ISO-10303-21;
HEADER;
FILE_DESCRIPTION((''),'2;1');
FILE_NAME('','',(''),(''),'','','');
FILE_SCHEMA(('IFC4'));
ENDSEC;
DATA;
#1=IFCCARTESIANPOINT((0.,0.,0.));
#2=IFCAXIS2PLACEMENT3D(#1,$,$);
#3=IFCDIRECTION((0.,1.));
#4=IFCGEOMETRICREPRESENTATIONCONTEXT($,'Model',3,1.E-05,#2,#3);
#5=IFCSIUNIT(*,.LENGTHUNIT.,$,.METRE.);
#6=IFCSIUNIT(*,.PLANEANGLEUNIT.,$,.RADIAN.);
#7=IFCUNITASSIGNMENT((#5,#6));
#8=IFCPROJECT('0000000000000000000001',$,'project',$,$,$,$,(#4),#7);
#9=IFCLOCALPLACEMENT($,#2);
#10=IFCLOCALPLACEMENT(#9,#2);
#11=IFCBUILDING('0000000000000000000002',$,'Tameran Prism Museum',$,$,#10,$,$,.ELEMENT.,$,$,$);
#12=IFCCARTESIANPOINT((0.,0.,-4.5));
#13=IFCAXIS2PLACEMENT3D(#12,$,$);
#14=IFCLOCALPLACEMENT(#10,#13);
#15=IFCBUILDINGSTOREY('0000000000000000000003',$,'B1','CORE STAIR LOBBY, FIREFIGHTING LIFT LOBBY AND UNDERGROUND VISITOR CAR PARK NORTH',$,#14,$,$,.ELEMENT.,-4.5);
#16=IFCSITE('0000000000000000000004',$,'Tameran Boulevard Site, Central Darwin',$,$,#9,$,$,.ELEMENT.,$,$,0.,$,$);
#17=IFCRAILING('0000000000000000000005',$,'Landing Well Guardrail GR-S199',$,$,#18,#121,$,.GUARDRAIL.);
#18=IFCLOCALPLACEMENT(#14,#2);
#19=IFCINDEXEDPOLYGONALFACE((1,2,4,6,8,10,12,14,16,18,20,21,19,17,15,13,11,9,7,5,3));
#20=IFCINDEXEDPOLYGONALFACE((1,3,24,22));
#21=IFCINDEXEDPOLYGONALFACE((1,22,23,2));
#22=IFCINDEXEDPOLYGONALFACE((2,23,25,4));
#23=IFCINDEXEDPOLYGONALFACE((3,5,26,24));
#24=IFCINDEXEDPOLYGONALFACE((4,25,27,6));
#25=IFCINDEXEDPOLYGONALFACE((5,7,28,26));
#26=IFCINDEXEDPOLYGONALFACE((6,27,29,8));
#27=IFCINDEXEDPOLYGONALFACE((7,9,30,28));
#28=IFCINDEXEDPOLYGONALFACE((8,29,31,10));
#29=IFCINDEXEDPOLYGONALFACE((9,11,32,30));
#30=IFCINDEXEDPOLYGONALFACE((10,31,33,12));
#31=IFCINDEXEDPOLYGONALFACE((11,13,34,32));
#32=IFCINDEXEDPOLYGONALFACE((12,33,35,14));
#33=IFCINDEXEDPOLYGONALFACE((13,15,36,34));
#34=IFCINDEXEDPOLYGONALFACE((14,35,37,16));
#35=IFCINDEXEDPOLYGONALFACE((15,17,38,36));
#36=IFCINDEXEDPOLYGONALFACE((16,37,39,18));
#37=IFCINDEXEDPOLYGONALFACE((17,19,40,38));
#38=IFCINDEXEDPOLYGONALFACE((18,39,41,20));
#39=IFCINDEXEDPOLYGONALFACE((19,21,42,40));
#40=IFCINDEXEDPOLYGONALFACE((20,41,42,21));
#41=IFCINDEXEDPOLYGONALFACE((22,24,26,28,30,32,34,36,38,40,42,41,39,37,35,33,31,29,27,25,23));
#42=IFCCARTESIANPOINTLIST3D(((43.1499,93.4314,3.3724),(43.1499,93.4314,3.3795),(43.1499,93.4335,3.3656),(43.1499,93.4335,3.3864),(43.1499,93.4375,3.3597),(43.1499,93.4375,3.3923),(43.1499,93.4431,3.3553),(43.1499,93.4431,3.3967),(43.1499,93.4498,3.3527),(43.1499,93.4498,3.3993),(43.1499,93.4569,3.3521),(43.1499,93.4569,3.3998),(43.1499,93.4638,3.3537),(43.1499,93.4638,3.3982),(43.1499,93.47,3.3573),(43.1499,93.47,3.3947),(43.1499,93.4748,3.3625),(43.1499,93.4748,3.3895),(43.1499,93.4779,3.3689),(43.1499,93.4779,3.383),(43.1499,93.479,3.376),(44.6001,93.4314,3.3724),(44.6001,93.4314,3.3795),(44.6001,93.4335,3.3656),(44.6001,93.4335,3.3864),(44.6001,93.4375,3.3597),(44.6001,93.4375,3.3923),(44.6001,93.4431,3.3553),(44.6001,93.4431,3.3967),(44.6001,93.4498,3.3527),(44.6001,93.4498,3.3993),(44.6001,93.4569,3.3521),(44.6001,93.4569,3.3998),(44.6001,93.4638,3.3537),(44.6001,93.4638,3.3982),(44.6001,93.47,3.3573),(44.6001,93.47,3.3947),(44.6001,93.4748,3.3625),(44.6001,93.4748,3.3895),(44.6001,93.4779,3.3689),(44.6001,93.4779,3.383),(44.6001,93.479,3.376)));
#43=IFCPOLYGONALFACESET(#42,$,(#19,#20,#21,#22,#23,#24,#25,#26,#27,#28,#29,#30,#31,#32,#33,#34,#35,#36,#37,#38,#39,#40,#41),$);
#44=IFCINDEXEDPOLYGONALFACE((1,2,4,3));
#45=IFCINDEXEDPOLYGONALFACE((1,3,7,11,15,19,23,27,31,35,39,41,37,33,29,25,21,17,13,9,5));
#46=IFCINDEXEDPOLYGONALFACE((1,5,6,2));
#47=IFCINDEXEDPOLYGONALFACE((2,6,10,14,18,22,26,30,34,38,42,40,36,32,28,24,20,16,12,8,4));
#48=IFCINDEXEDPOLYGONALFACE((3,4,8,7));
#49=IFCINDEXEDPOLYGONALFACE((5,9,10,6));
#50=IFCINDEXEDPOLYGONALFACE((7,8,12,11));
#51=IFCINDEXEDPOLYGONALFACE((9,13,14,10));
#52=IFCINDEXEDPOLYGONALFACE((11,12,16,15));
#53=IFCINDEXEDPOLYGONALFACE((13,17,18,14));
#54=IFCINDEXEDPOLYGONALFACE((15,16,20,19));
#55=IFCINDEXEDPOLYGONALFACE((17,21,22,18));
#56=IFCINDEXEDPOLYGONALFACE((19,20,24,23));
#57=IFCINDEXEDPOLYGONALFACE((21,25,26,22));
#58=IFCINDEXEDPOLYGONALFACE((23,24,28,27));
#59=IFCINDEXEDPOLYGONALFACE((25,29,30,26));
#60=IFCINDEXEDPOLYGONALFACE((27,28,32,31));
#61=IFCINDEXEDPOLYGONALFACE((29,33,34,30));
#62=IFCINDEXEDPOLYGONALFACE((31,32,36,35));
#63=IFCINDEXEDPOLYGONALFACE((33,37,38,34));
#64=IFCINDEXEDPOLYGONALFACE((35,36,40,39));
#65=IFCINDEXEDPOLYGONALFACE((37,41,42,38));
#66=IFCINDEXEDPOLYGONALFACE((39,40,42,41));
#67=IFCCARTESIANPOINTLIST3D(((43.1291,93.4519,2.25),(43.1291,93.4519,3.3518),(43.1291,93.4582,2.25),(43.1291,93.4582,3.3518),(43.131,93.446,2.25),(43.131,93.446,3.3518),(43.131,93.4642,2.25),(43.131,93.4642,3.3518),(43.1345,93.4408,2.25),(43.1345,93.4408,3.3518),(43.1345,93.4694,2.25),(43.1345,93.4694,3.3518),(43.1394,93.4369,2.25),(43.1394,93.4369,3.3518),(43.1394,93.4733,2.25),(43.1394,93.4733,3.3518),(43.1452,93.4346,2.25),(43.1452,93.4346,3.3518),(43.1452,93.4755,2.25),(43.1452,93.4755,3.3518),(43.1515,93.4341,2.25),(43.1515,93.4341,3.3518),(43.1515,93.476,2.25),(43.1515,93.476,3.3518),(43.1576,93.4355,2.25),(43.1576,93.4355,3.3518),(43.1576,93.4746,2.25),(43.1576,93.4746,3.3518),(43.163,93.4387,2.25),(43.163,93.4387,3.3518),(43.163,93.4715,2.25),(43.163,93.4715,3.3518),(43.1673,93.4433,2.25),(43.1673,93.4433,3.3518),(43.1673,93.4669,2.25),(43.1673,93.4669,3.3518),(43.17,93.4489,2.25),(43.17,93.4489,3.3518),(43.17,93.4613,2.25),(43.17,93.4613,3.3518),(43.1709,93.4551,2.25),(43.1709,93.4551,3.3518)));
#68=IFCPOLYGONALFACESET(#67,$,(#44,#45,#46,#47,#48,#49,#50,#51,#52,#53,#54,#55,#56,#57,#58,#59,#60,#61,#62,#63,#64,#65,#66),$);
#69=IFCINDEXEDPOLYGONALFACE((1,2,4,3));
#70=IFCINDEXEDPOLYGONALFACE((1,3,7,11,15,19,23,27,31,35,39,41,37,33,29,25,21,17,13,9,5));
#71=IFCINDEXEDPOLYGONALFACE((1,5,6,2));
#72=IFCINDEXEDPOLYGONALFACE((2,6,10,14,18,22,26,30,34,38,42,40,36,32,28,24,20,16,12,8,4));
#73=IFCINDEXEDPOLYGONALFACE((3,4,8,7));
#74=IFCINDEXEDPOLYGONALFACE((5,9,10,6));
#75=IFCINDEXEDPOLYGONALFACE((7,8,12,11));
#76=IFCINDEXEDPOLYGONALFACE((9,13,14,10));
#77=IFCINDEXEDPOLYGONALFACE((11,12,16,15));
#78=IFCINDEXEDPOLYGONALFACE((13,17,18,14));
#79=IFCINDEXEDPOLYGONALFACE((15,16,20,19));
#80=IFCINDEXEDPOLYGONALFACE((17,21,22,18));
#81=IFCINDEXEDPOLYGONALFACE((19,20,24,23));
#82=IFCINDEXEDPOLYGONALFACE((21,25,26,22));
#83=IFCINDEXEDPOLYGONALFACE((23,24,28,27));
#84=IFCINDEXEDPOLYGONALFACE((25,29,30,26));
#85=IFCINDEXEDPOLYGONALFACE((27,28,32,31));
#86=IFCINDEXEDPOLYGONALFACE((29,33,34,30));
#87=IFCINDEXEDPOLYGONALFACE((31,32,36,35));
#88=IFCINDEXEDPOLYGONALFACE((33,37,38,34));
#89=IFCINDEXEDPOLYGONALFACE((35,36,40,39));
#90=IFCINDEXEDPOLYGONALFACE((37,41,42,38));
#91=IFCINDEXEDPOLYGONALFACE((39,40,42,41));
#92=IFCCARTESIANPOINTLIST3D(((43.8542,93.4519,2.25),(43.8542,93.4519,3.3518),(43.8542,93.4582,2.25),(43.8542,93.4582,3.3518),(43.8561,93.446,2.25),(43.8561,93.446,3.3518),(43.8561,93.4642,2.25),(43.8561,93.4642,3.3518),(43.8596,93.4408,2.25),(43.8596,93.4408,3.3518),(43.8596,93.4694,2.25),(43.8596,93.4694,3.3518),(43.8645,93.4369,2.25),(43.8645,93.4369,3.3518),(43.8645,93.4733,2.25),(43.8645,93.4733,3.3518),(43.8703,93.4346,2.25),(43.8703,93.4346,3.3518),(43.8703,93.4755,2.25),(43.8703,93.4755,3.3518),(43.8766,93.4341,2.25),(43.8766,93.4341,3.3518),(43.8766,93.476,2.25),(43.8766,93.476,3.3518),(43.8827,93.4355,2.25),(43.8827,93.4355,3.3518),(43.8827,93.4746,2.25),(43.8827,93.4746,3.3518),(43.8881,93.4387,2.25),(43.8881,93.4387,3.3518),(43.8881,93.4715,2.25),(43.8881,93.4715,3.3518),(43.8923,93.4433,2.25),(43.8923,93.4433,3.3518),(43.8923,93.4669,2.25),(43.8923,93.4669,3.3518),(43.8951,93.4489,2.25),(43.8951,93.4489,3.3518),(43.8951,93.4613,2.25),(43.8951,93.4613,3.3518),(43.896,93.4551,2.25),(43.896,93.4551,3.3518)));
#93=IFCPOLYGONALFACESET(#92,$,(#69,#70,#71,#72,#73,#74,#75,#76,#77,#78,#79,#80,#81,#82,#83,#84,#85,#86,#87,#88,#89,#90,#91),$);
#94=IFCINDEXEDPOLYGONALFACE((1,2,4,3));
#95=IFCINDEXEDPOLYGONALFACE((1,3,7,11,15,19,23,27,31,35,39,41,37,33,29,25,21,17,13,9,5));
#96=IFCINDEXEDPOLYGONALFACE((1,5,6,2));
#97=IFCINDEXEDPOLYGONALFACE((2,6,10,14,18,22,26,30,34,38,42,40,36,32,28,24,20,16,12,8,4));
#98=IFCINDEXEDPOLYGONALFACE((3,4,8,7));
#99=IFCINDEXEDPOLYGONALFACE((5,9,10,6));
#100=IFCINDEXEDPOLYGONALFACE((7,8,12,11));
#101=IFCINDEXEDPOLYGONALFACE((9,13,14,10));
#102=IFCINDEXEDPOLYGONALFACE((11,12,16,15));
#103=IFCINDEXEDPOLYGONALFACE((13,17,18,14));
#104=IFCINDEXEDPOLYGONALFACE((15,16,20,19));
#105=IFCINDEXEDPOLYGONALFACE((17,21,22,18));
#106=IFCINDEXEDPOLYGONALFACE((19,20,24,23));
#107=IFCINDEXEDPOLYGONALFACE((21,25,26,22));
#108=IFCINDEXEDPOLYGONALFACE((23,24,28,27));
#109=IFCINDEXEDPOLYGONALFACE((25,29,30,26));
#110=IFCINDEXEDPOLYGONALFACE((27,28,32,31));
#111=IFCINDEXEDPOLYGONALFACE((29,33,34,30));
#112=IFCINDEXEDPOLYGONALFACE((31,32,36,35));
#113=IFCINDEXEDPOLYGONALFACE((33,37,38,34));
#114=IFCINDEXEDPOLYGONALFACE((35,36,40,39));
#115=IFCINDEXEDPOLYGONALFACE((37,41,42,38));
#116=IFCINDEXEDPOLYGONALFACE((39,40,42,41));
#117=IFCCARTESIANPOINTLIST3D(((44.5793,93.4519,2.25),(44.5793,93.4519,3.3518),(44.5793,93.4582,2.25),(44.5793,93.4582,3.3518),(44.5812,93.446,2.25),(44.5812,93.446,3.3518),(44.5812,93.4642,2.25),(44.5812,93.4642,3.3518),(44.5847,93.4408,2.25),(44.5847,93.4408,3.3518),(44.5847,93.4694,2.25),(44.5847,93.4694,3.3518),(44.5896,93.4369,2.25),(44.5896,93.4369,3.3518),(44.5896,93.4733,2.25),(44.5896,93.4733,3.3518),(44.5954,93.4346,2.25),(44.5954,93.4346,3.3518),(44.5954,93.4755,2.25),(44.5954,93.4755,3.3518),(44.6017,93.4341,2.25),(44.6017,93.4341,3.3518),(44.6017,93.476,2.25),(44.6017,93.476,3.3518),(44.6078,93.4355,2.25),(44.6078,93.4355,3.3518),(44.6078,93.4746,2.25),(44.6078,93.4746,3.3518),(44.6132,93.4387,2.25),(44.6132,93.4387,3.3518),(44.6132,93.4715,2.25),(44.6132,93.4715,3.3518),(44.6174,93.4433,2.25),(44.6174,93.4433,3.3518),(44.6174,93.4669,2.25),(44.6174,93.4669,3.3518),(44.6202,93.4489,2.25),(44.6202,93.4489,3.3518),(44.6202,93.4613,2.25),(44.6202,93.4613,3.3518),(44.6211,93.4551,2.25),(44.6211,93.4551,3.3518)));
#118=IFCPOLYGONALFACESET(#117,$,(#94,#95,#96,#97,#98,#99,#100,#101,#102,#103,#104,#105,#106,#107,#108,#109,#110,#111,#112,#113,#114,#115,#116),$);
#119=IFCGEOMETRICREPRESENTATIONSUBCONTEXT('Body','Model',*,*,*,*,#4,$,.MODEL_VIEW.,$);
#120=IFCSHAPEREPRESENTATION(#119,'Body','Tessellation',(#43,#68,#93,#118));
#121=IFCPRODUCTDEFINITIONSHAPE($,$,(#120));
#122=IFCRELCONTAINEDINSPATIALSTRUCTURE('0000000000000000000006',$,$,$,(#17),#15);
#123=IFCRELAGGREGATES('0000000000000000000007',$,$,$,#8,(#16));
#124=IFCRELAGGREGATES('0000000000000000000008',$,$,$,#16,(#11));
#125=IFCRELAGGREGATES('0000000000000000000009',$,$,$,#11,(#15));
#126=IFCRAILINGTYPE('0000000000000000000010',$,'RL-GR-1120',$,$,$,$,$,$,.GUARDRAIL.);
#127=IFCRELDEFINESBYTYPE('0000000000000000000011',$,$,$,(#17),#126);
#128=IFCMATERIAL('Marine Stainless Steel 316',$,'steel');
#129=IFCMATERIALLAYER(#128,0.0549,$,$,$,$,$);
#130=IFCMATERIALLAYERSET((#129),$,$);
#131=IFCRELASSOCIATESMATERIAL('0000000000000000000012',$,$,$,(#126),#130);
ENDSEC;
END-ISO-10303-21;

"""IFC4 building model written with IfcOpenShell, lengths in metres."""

from ifc_helpers import new_model, si_unit, direction, frame, origin, origin_2d, place, context, subcontext, project, spatial, circle, extrude, material, layer, layer_set, type_object, element, save


model = new_model("IFC4")

# Units and contexts
model_context = context("Model", 3, precision=1e-05, world=origin(), true_north=direction((0.0, 1.0)))
body_context = subcontext(model_context, "Body", "Model", "MODEL_VIEW")
ifc_project = project(units=[si_unit("LENGTHUNIT", "METRE"), si_unit("PLANEANGLEUNIT", "RADIAN")], contexts=[model_context])

# Site, building, storey
site_placement = place(None, origin())
site = spatial("IfcSite", under=ifc_project, at=site_placement, Name="Tameran Boulevard Site, Central Darwin", CompositionType="ELEMENT", RefElevation=0.0)
building_placement = place(site_placement, origin())
building = spatial("IfcBuilding", under=site, at=building_placement, Name="Tameran Prism Museum", CompositionType="ELEMENT")
storey_placement = place(building_placement, frame((0.0, 0.0, -4.5)))
storey = spatial("IfcBuildingStorey", under=building, at=storey_placement, Name="B1", Description="CORE STAIR LOBBY, FIREFIGHTING LIFT LOBBY AND UNDERGROUND VISITOR CAR PARK NORTH", CompositionType="ELEMENT", Elevation=-4.5)

# Railing
ifc_material_1 = material(Name="Marine Stainless Steel 316", Category="steel")
ifc_layer_1 = layer(ifc_material_1, 0.0549)
ifc_layer_set_1 = layer_set([ifc_layer_1])
railing_type_1 = type_object("IfcRailingType", Name="RL-GR-1120", PredefinedType="GUARDRAIL", material=ifc_layer_set_1)
railing_1_placement = place(storey_placement, frame((43.1499, 93.4551, 2.25)))
element("IfcRailing", 1, at=railing_1_placement, inside=storey, type_object=railing_type_1, Name="Landing Well Guardrail GR-S199", PredefinedType="GUARDRAIL", context=body_context, shape_type="SweptSolid", body=[
    extrude(circle(Radius=0.0239, at=origin_2d()), frame((0.0, 0.0, 1.126), z_axis=(1.0, 0.0, 0.0), x_axis=(0.0, 1.0, 0.0)), (0.0, 0.0, 1.0), 1.4502),
    extrude(circle(Radius=0.021, at=origin_2d()), origin(), (0.0, 0.0, 1.0), 1.1018),
    extrude(circle(Radius=0.021, at=origin_2d()), frame((0.7251, 0.0, 0.0)), (0.0, 0.0, 1.0), 1.1018),
    extrude(circle(Radius=0.021, at=origin_2d()), frame((1.4502, 0.0, 0.0)), (0.0, 0.0, 1.0), 1.1018),
])

save(model, "model.ifc")
